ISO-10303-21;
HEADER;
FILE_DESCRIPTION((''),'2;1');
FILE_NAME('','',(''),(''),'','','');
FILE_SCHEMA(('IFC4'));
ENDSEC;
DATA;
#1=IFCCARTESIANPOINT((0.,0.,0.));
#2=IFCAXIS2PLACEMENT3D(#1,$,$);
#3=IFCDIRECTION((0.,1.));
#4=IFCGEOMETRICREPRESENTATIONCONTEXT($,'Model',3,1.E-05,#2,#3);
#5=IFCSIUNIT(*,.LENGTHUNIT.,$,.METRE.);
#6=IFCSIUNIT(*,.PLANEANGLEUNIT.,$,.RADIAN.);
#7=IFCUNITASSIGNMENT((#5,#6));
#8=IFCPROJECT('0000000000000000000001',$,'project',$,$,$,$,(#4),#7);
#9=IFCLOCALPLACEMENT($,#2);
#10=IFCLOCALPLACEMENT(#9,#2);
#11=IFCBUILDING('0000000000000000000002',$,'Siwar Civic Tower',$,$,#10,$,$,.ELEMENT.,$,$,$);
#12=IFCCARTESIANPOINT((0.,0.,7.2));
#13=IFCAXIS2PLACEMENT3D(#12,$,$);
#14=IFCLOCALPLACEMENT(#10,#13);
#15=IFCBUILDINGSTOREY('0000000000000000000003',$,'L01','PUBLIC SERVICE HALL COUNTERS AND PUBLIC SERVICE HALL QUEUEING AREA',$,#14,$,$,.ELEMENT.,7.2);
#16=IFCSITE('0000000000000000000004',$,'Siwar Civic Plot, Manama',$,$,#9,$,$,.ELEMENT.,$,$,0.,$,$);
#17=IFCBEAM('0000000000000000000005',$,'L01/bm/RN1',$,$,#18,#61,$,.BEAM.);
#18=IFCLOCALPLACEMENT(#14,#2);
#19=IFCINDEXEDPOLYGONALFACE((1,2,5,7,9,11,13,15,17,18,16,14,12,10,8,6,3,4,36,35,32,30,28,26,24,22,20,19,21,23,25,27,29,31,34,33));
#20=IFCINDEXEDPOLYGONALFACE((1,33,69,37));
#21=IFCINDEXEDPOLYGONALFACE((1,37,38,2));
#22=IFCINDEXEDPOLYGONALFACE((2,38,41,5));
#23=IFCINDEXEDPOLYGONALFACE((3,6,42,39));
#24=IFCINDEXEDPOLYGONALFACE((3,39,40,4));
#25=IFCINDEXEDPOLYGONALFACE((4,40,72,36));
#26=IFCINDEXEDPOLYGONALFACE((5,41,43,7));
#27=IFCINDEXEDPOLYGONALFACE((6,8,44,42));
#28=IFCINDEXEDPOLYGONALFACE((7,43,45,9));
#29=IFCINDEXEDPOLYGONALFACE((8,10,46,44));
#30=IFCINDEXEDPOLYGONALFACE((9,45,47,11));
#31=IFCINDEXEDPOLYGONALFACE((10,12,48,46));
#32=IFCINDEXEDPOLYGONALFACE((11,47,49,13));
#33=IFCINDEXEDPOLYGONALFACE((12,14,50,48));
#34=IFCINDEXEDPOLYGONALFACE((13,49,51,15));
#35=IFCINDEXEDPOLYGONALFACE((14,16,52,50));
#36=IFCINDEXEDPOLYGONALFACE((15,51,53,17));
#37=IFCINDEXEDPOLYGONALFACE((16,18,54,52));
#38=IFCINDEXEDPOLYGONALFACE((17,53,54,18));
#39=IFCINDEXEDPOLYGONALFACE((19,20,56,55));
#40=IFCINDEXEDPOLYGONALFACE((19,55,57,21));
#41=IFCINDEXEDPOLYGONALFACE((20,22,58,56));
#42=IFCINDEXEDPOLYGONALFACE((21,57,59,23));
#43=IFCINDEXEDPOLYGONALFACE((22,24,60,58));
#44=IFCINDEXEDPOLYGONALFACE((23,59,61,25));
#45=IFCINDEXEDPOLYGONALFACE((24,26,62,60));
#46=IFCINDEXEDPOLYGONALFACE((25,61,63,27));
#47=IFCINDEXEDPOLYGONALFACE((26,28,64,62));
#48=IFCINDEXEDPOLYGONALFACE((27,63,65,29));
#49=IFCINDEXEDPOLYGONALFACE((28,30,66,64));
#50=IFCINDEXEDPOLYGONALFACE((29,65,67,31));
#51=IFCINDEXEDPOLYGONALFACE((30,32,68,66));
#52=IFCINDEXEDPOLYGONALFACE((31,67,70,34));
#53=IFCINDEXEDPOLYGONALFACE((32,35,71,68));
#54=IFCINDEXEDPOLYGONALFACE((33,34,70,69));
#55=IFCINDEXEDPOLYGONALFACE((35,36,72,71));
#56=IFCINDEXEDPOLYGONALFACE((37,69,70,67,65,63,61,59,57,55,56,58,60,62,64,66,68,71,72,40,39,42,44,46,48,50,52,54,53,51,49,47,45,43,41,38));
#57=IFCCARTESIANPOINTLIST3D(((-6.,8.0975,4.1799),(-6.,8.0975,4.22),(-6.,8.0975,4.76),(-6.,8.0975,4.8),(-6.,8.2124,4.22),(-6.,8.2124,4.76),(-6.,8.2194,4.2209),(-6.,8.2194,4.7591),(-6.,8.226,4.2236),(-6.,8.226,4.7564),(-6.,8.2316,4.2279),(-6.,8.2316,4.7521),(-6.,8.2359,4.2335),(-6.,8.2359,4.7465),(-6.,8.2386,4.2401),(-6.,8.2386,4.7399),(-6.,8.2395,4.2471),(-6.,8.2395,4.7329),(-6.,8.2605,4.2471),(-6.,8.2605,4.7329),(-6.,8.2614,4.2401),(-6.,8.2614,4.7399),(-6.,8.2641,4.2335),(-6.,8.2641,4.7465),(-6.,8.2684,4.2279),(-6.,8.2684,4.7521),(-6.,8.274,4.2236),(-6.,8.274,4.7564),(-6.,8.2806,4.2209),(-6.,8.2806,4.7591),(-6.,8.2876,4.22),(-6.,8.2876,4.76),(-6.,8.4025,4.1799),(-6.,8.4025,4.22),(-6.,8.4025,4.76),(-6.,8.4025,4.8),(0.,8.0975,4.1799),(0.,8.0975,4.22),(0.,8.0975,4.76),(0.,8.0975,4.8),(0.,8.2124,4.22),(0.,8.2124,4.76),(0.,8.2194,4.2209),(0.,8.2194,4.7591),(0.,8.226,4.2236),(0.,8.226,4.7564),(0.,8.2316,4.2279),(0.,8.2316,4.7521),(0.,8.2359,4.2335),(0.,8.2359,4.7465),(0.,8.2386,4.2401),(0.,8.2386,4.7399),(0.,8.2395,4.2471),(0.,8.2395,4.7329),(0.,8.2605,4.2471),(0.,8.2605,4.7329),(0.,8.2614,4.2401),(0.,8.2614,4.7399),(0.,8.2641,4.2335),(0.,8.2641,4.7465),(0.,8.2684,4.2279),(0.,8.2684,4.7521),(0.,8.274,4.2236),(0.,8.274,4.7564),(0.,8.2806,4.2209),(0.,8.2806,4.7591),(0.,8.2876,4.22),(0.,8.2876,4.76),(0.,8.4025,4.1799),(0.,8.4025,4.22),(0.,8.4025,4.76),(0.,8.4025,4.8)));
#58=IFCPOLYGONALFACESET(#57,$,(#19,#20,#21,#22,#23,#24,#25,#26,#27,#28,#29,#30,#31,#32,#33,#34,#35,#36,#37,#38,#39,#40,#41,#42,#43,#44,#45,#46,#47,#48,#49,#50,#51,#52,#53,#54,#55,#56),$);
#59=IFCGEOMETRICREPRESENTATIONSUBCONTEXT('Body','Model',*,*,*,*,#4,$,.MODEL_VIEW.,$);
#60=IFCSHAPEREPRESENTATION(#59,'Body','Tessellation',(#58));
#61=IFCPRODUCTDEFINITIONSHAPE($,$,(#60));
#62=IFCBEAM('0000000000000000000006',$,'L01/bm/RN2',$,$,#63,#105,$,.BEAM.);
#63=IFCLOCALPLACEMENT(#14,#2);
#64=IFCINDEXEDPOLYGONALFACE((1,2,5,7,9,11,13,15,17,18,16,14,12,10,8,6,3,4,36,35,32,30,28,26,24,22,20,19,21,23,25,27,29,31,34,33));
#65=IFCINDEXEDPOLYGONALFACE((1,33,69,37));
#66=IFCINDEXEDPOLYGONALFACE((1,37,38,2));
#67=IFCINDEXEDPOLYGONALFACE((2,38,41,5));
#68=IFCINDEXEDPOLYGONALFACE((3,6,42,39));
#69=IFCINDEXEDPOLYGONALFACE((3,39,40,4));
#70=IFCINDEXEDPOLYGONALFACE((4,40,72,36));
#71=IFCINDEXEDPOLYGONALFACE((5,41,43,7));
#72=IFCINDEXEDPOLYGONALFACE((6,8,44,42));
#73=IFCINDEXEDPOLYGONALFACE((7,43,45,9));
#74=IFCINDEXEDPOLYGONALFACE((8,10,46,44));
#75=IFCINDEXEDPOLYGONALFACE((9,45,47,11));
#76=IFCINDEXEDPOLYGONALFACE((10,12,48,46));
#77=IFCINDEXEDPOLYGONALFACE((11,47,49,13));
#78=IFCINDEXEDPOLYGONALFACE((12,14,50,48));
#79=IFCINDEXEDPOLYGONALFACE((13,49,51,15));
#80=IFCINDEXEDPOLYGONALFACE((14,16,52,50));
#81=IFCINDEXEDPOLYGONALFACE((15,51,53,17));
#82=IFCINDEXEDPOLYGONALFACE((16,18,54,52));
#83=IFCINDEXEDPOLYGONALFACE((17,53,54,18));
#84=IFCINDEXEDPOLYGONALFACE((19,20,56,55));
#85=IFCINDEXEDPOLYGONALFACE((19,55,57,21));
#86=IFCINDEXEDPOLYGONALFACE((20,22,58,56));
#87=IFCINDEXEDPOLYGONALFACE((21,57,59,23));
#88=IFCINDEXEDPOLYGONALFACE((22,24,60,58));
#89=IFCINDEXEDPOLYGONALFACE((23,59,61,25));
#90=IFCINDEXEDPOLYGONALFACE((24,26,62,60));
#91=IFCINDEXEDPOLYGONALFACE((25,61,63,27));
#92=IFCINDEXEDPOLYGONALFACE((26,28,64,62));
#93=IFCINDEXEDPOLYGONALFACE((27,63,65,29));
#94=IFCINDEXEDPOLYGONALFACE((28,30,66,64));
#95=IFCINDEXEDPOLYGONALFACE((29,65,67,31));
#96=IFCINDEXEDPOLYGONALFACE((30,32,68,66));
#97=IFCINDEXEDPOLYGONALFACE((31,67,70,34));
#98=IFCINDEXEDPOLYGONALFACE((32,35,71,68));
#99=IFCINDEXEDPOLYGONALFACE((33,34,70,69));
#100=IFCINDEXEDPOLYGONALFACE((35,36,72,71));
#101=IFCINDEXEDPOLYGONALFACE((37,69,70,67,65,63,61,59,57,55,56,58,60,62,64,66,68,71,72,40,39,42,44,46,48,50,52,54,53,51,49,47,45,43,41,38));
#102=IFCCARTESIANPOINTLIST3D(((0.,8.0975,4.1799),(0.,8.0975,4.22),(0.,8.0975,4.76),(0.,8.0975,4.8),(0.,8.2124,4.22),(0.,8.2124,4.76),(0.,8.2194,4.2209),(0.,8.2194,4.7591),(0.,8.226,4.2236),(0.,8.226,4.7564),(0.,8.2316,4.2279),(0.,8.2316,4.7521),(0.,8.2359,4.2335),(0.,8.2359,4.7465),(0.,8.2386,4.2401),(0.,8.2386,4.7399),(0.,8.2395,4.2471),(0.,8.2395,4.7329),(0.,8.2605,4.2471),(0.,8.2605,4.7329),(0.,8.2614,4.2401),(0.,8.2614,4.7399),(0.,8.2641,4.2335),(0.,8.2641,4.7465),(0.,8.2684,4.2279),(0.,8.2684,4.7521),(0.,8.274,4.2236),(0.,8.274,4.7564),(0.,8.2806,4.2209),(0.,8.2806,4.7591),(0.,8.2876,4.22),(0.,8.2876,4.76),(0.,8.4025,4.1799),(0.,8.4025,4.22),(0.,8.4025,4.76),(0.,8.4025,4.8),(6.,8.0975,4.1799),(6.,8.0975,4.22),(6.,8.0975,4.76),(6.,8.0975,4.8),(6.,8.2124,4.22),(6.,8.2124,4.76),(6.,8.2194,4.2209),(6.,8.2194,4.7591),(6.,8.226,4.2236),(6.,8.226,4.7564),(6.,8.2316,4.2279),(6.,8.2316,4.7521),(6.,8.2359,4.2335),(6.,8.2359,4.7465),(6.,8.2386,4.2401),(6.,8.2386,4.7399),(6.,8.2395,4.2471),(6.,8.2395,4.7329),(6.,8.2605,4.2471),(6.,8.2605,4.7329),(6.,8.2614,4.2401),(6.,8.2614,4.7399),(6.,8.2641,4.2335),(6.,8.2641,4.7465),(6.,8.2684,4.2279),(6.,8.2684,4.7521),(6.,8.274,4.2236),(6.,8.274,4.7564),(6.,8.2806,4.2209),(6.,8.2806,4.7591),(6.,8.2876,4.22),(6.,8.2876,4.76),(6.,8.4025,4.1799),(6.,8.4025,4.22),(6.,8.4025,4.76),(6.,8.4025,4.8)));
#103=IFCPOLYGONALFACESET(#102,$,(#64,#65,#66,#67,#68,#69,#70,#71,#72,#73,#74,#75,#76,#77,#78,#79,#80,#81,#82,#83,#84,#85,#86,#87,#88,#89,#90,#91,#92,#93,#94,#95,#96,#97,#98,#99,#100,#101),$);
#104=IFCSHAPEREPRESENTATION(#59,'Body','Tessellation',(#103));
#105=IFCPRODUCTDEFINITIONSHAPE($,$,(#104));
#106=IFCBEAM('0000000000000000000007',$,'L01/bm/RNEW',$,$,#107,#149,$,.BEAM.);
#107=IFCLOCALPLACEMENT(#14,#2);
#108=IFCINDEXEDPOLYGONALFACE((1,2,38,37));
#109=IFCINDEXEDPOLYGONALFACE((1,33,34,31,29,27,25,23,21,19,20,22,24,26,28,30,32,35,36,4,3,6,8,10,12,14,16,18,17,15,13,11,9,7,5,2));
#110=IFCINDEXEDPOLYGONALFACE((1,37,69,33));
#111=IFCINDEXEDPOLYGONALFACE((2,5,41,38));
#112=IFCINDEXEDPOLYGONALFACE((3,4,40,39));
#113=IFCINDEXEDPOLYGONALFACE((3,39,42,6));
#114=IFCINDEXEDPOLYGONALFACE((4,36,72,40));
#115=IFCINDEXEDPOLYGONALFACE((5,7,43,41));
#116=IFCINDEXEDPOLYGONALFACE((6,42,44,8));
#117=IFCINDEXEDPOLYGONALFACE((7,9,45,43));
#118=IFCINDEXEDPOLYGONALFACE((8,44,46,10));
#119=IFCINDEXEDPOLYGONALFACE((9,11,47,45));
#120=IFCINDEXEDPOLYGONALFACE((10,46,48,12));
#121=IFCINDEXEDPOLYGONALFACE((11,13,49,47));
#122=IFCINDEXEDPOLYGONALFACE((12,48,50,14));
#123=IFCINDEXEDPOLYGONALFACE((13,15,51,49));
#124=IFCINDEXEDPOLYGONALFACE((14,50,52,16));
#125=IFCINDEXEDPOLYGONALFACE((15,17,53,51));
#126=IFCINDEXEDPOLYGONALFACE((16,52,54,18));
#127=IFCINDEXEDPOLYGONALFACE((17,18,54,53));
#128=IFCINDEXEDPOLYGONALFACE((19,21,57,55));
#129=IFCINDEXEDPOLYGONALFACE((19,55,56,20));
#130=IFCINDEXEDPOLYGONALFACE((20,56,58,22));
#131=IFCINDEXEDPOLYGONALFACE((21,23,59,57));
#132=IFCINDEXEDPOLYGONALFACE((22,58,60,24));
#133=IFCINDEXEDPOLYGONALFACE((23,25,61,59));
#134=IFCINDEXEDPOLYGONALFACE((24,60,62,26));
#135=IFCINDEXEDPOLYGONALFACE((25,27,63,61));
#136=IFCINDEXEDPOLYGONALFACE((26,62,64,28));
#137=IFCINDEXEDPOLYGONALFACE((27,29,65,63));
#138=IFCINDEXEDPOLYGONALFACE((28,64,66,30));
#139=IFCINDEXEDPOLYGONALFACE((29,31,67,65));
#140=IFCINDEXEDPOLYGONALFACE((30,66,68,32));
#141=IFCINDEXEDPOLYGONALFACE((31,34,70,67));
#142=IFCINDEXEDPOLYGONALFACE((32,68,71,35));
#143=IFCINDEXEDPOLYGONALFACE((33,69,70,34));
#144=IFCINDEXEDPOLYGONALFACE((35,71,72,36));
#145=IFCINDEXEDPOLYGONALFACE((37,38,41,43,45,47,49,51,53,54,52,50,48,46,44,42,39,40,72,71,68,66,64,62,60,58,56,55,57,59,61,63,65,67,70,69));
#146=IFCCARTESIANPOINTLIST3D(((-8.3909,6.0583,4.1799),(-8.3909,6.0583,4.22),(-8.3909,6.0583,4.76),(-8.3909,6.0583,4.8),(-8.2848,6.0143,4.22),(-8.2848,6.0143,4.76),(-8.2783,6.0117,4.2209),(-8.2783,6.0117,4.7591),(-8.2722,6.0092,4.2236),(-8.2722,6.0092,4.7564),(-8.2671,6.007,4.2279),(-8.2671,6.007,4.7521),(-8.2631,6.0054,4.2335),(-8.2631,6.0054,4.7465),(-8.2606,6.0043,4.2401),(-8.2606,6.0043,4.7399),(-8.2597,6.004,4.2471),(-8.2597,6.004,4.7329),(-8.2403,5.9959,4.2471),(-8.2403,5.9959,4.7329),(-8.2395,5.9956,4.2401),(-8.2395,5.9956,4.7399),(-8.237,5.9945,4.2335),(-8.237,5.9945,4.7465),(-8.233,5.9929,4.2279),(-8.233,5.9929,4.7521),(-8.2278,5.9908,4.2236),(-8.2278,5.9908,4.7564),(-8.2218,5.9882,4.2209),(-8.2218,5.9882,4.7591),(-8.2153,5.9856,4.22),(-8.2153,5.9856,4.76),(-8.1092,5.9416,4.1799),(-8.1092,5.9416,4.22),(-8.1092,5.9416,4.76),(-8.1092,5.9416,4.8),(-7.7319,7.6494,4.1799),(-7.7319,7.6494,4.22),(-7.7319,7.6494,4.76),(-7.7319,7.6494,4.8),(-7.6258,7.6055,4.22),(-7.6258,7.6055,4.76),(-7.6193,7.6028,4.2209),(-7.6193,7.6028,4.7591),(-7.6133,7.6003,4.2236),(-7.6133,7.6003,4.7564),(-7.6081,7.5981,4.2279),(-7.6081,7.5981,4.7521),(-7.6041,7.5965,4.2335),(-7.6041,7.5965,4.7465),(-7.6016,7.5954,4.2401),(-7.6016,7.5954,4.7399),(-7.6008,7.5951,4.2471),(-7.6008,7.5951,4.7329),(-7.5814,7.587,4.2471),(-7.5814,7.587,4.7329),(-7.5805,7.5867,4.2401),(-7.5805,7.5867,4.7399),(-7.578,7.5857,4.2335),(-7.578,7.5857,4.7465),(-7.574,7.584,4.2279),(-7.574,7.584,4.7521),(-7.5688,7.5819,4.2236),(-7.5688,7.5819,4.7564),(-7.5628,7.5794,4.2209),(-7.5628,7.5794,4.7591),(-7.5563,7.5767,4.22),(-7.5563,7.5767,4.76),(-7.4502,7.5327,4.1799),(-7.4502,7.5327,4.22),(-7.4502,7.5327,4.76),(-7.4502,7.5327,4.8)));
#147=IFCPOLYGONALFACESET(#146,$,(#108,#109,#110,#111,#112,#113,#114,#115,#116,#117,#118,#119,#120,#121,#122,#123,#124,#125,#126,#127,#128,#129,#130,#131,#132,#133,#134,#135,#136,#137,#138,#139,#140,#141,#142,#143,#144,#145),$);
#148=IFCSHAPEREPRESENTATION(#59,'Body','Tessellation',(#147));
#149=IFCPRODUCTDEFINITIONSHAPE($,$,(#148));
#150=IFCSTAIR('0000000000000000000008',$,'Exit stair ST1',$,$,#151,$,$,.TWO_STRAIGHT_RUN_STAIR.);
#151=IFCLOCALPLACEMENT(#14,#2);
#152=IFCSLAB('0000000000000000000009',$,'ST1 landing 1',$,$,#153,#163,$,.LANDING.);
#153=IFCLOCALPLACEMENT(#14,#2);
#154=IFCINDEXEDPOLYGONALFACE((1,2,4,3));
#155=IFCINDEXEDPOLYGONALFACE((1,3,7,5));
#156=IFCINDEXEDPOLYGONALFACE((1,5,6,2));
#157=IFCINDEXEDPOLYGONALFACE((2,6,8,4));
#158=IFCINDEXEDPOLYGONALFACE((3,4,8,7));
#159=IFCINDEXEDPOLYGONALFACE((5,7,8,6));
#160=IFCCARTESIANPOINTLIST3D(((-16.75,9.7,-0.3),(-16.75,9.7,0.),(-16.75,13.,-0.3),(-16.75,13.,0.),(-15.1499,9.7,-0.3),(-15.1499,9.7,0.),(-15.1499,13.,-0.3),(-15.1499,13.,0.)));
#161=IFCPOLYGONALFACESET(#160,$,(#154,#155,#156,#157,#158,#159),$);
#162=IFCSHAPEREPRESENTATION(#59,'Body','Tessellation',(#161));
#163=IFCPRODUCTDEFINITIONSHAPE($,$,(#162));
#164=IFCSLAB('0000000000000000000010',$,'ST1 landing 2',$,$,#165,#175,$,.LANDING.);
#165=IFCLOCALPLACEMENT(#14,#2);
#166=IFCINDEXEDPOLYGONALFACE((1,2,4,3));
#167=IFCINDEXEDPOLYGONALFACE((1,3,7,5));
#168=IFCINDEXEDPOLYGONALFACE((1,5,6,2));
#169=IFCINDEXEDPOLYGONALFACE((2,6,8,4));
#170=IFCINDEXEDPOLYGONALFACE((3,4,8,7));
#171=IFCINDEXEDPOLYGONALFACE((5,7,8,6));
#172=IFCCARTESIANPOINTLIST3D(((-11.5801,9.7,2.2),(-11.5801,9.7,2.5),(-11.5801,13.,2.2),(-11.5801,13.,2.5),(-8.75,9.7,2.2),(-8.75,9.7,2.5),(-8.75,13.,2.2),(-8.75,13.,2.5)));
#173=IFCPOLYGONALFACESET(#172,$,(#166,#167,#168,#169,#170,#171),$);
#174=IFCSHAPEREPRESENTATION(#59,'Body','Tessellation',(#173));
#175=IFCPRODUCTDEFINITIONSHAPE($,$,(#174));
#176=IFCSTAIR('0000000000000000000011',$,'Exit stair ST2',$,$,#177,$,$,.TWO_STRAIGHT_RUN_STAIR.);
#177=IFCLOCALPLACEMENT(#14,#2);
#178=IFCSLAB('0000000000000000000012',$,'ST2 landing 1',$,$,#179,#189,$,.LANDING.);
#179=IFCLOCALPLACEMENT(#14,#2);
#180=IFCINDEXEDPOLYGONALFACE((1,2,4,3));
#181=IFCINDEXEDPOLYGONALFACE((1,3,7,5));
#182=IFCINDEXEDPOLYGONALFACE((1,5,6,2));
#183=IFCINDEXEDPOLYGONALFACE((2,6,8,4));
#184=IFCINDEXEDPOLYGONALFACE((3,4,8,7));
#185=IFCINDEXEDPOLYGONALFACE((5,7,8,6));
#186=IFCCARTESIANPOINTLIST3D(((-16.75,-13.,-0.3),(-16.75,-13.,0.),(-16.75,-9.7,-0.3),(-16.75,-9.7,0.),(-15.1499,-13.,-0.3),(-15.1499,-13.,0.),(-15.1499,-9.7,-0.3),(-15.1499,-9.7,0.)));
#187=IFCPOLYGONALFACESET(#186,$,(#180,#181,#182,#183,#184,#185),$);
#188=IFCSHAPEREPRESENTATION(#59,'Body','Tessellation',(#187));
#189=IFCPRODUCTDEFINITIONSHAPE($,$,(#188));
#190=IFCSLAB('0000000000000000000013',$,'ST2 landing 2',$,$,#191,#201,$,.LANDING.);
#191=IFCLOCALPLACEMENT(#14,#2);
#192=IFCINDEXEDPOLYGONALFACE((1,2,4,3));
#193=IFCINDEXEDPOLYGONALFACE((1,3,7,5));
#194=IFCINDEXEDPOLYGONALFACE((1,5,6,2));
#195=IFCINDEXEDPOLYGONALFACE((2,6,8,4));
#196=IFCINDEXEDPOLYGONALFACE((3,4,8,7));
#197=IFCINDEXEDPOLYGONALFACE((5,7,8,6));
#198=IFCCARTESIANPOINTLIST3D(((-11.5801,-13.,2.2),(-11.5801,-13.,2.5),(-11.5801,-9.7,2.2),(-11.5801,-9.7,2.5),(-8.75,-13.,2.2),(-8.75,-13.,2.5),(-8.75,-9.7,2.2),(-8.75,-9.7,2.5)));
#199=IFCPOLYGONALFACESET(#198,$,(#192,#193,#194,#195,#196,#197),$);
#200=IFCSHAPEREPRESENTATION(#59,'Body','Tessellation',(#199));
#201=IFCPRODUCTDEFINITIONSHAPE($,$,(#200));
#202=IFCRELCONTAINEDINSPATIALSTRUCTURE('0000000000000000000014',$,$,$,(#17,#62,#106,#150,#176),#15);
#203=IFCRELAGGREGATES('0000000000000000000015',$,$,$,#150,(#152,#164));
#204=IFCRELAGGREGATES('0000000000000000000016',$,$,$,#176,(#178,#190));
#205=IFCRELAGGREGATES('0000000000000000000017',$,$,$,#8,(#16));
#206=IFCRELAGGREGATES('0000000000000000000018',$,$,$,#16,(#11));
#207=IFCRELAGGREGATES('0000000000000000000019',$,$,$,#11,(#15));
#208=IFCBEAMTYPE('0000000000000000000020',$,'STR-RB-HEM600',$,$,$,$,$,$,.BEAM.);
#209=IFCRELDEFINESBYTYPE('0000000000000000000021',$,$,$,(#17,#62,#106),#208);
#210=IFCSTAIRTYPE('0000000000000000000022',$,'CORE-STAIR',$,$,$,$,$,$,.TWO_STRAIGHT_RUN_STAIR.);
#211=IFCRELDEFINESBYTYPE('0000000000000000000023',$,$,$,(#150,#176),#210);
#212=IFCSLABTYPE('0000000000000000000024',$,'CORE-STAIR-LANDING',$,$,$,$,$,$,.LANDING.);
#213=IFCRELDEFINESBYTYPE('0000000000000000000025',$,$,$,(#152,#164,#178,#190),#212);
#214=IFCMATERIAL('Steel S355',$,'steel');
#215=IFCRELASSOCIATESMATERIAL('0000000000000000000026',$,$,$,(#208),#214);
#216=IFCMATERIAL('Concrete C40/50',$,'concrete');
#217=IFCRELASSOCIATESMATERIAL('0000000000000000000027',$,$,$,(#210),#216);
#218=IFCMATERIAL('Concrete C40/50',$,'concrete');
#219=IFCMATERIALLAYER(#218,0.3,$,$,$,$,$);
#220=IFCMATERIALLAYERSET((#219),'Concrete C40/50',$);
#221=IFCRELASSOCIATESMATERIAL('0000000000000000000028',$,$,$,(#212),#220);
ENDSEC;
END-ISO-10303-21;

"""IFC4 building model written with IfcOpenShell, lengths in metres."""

from ifc_helpers import new_model, si_unit, direction, frame, origin, origin_2d, place, context, subcontext, project, spatial, polyline, i_section, outline, extrude, material, layer, layer_set, material_profile, profile_set, type_object, element, aggregate, save


model = new_model("IFC4")

# Units and contexts
model_context = context("Model", 3, precision=1e-05, world=origin(), true_north=direction((0.0, 1.0)))
body_context = subcontext(model_context, "Body", "Model", "MODEL_VIEW")
ifc_project = project(units=[si_unit("LENGTHUNIT", "METRE"), si_unit("PLANEANGLEUNIT", "RADIAN")], contexts=[model_context])

# Site, building, storey
site_placement = place(None, origin())
site = spatial("IfcSite", under=ifc_project, at=site_placement, Name="Siwar Civic Plot, Manama", CompositionType="ELEMENT", RefElevation=0.0)
building_placement = place(site_placement, origin())
building = spatial("IfcBuilding", under=site, at=building_placement, Name="Siwar Civic Tower", CompositionType="ELEMENT")
storey_placement = place(building_placement, frame((0.0, 0.0, 7.2)))
storey = spatial("IfcBuildingStorey", under=building, at=storey_placement, Name="L01", Description="PUBLIC SERVICE HALL COUNTERS AND PUBLIC SERVICE HALL QUEUEING AREA", CompositionType="ELEMENT", Elevation=7.2)

# Beams
ifc_material_1 = material(Name="Steel S355", Category="steel")
ifc_material_profile_1 = material_profile(ifc_material_1, i_section(OverallWidth=0.3049, OverallDepth=0.6201, WebThickness=0.021, FlangeThickness=0.04, FilletRadius=0.0271, at=origin_2d()), Name="HEM600")
ifc_profile_set_1 = profile_set([ifc_material_profile_1], Name="Steel S355")
beam_type_1 = type_object("IfcBeamType", Name="STR-RB-HEM600", PredefinedType="BEAM", material=ifc_profile_set_1)
for number, where, z_axis, x_axis, name in (
    (1, (-6.0, 8.25, 4.49), (1.0, 0.0, 0.0), (0.0, 1.0, 0.0), "L01/bm/RN1"),
    (2, (0.0, 8.25, 4.49), (1.0, 0.0, 0.0), (0.0, 1.0, 0.0), "L01/bm/RN2"),
):
    element("IfcBeam", number, at=place(storey_placement, frame(where, z_axis=z_axis, x_axis=x_axis)), inside=storey, type_object=beam_type_1, Name=name, PredefinedType="BEAM", context=body_context, shape_type="SweptSolid", body=[
        extrude(i_section(OverallWidth=0.3049, OverallDepth=0.6201, WebThickness=0.021, FlangeThickness=0.04, FilletRadius=0.0271, at=origin_2d()), origin(), (0.0, 0.0, 1.0), 6.0),
    ])
beam_1_placement = place(storey_placement, frame((-7.5911, 7.5911, 4.49), z_axis=(-0.382631, -0.923901, 0.0), x_axis=(0.923901, -0.382631, 0.0)))
element("IfcBeam", 3, at=beam_1_placement, inside=storey, type_object=beam_type_1, Name="L01/bm/RNEW", PredefinedType="BEAM", context=body_context, shape_type="SweptSolid", body=[
    extrude(i_section(OverallWidth=0.3049, OverallDepth=0.6201, WebThickness=0.021, FlangeThickness=0.04, FilletRadius=0.0271, at=origin_2d()), origin(), (0.0, 0.0, 1.0), 1.7222),
])

# Stairs, slabs
ifc_material_2 = material(Name="Concrete C40/50", Category="concrete")
stair_type = type_object("IfcStairType", Name="CORE-STAIR", PredefinedType="TWO_STRAIGHT_RUN_STAIR", material=ifc_material_2)
stair_1_placement = place(storey_placement, origin())
stair_1 = element("IfcStair", 4, at=stair_1_placement, inside=storey, type_object=stair_type, Name="Exit stair ST1", PredefinedType="TWO_STRAIGHT_RUN_STAIR")
ifc_material_3 = material(Name="Concrete C40/50", Category="concrete")
ifc_layer_1 = layer(ifc_material_3, 0.3)
ifc_layer_set_1 = layer_set([ifc_layer_1], Name="Concrete C40/50")
slab_type_1 = type_object("IfcSlabType", Name="CORE-STAIR-LANDING", PredefinedType="LANDING", material=ifc_layer_set_1)
slab_1_placement = place(storey_placement, frame((0.0, 0.0, -0.3)))
slab_1 = element("IfcSlab", 5, at=slab_1_placement, type_object=slab_type_1, Name="ST1 landing 1", PredefinedType="LANDING", context=body_context, shape_type="SweptSolid", body=[
    extrude(outline(polyline([(-15.1499, 13.0), (-16.75, 13.0), (-16.75, 9.7), (-15.1499, 9.7), (-15.1499, 13.0)])), origin(), (0.0, 0.0, 1.0), 0.3),
])
slab_2_placement = place(storey_placement, frame((0.0, 0.0, 2.2)))
slab_2 = element("IfcSlab", 6, at=slab_2_placement, type_object=slab_type_1, Name="ST1 landing 2", PredefinedType="LANDING", context=body_context, shape_type="SweptSolid", body=[
    extrude(outline(polyline([(-8.75, 13.0), (-11.5801, 13.0), (-11.5801, 9.7), (-8.75, 9.7), (-8.75, 13.0)])), origin(), (0.0, 0.0, 1.0), 0.3),
])
aggregate(stair_1, [slab_1, slab_2])
stair_2_placement = place(storey_placement, origin())
stair_2 = element("IfcStair", 7, at=stair_2_placement, inside=storey, type_object=stair_type, Name="Exit stair ST2", PredefinedType="TWO_STRAIGHT_RUN_STAIR")
slab_3_placement = place(storey_placement, frame((0.0, 0.0, -0.3)))
slab_3 = element("IfcSlab", 8, at=slab_3_placement, type_object=slab_type_1, Name="ST2 landing 1", PredefinedType="LANDING", context=body_context, shape_type="SweptSolid", body=[
    extrude(outline(polyline([(-15.1499, -9.7), (-16.75, -9.7), (-16.75, -13.0), (-15.1499, -13.0), (-15.1499, -9.7)])), origin(), (0.0, 0.0, 1.0), 0.3),
])
slab_4_placement = place(storey_placement, frame((0.0, 0.0, 2.2)))
slab_4 = element("IfcSlab", 9, at=slab_4_placement, type_object=slab_type_1, Name="ST2 landing 2", PredefinedType="LANDING", context=body_context, shape_type="SweptSolid", body=[
    extrude(outline(polyline([(-8.75, -9.7), (-11.5801, -9.7), (-11.5801, -13.0), (-8.75, -13.0), (-8.75, -9.7)])), origin(), (0.0, 0.0, 1.0), 0.3),
])
aggregate(stair_2, [slab_3, slab_4])

save(model, "model.ifc")
